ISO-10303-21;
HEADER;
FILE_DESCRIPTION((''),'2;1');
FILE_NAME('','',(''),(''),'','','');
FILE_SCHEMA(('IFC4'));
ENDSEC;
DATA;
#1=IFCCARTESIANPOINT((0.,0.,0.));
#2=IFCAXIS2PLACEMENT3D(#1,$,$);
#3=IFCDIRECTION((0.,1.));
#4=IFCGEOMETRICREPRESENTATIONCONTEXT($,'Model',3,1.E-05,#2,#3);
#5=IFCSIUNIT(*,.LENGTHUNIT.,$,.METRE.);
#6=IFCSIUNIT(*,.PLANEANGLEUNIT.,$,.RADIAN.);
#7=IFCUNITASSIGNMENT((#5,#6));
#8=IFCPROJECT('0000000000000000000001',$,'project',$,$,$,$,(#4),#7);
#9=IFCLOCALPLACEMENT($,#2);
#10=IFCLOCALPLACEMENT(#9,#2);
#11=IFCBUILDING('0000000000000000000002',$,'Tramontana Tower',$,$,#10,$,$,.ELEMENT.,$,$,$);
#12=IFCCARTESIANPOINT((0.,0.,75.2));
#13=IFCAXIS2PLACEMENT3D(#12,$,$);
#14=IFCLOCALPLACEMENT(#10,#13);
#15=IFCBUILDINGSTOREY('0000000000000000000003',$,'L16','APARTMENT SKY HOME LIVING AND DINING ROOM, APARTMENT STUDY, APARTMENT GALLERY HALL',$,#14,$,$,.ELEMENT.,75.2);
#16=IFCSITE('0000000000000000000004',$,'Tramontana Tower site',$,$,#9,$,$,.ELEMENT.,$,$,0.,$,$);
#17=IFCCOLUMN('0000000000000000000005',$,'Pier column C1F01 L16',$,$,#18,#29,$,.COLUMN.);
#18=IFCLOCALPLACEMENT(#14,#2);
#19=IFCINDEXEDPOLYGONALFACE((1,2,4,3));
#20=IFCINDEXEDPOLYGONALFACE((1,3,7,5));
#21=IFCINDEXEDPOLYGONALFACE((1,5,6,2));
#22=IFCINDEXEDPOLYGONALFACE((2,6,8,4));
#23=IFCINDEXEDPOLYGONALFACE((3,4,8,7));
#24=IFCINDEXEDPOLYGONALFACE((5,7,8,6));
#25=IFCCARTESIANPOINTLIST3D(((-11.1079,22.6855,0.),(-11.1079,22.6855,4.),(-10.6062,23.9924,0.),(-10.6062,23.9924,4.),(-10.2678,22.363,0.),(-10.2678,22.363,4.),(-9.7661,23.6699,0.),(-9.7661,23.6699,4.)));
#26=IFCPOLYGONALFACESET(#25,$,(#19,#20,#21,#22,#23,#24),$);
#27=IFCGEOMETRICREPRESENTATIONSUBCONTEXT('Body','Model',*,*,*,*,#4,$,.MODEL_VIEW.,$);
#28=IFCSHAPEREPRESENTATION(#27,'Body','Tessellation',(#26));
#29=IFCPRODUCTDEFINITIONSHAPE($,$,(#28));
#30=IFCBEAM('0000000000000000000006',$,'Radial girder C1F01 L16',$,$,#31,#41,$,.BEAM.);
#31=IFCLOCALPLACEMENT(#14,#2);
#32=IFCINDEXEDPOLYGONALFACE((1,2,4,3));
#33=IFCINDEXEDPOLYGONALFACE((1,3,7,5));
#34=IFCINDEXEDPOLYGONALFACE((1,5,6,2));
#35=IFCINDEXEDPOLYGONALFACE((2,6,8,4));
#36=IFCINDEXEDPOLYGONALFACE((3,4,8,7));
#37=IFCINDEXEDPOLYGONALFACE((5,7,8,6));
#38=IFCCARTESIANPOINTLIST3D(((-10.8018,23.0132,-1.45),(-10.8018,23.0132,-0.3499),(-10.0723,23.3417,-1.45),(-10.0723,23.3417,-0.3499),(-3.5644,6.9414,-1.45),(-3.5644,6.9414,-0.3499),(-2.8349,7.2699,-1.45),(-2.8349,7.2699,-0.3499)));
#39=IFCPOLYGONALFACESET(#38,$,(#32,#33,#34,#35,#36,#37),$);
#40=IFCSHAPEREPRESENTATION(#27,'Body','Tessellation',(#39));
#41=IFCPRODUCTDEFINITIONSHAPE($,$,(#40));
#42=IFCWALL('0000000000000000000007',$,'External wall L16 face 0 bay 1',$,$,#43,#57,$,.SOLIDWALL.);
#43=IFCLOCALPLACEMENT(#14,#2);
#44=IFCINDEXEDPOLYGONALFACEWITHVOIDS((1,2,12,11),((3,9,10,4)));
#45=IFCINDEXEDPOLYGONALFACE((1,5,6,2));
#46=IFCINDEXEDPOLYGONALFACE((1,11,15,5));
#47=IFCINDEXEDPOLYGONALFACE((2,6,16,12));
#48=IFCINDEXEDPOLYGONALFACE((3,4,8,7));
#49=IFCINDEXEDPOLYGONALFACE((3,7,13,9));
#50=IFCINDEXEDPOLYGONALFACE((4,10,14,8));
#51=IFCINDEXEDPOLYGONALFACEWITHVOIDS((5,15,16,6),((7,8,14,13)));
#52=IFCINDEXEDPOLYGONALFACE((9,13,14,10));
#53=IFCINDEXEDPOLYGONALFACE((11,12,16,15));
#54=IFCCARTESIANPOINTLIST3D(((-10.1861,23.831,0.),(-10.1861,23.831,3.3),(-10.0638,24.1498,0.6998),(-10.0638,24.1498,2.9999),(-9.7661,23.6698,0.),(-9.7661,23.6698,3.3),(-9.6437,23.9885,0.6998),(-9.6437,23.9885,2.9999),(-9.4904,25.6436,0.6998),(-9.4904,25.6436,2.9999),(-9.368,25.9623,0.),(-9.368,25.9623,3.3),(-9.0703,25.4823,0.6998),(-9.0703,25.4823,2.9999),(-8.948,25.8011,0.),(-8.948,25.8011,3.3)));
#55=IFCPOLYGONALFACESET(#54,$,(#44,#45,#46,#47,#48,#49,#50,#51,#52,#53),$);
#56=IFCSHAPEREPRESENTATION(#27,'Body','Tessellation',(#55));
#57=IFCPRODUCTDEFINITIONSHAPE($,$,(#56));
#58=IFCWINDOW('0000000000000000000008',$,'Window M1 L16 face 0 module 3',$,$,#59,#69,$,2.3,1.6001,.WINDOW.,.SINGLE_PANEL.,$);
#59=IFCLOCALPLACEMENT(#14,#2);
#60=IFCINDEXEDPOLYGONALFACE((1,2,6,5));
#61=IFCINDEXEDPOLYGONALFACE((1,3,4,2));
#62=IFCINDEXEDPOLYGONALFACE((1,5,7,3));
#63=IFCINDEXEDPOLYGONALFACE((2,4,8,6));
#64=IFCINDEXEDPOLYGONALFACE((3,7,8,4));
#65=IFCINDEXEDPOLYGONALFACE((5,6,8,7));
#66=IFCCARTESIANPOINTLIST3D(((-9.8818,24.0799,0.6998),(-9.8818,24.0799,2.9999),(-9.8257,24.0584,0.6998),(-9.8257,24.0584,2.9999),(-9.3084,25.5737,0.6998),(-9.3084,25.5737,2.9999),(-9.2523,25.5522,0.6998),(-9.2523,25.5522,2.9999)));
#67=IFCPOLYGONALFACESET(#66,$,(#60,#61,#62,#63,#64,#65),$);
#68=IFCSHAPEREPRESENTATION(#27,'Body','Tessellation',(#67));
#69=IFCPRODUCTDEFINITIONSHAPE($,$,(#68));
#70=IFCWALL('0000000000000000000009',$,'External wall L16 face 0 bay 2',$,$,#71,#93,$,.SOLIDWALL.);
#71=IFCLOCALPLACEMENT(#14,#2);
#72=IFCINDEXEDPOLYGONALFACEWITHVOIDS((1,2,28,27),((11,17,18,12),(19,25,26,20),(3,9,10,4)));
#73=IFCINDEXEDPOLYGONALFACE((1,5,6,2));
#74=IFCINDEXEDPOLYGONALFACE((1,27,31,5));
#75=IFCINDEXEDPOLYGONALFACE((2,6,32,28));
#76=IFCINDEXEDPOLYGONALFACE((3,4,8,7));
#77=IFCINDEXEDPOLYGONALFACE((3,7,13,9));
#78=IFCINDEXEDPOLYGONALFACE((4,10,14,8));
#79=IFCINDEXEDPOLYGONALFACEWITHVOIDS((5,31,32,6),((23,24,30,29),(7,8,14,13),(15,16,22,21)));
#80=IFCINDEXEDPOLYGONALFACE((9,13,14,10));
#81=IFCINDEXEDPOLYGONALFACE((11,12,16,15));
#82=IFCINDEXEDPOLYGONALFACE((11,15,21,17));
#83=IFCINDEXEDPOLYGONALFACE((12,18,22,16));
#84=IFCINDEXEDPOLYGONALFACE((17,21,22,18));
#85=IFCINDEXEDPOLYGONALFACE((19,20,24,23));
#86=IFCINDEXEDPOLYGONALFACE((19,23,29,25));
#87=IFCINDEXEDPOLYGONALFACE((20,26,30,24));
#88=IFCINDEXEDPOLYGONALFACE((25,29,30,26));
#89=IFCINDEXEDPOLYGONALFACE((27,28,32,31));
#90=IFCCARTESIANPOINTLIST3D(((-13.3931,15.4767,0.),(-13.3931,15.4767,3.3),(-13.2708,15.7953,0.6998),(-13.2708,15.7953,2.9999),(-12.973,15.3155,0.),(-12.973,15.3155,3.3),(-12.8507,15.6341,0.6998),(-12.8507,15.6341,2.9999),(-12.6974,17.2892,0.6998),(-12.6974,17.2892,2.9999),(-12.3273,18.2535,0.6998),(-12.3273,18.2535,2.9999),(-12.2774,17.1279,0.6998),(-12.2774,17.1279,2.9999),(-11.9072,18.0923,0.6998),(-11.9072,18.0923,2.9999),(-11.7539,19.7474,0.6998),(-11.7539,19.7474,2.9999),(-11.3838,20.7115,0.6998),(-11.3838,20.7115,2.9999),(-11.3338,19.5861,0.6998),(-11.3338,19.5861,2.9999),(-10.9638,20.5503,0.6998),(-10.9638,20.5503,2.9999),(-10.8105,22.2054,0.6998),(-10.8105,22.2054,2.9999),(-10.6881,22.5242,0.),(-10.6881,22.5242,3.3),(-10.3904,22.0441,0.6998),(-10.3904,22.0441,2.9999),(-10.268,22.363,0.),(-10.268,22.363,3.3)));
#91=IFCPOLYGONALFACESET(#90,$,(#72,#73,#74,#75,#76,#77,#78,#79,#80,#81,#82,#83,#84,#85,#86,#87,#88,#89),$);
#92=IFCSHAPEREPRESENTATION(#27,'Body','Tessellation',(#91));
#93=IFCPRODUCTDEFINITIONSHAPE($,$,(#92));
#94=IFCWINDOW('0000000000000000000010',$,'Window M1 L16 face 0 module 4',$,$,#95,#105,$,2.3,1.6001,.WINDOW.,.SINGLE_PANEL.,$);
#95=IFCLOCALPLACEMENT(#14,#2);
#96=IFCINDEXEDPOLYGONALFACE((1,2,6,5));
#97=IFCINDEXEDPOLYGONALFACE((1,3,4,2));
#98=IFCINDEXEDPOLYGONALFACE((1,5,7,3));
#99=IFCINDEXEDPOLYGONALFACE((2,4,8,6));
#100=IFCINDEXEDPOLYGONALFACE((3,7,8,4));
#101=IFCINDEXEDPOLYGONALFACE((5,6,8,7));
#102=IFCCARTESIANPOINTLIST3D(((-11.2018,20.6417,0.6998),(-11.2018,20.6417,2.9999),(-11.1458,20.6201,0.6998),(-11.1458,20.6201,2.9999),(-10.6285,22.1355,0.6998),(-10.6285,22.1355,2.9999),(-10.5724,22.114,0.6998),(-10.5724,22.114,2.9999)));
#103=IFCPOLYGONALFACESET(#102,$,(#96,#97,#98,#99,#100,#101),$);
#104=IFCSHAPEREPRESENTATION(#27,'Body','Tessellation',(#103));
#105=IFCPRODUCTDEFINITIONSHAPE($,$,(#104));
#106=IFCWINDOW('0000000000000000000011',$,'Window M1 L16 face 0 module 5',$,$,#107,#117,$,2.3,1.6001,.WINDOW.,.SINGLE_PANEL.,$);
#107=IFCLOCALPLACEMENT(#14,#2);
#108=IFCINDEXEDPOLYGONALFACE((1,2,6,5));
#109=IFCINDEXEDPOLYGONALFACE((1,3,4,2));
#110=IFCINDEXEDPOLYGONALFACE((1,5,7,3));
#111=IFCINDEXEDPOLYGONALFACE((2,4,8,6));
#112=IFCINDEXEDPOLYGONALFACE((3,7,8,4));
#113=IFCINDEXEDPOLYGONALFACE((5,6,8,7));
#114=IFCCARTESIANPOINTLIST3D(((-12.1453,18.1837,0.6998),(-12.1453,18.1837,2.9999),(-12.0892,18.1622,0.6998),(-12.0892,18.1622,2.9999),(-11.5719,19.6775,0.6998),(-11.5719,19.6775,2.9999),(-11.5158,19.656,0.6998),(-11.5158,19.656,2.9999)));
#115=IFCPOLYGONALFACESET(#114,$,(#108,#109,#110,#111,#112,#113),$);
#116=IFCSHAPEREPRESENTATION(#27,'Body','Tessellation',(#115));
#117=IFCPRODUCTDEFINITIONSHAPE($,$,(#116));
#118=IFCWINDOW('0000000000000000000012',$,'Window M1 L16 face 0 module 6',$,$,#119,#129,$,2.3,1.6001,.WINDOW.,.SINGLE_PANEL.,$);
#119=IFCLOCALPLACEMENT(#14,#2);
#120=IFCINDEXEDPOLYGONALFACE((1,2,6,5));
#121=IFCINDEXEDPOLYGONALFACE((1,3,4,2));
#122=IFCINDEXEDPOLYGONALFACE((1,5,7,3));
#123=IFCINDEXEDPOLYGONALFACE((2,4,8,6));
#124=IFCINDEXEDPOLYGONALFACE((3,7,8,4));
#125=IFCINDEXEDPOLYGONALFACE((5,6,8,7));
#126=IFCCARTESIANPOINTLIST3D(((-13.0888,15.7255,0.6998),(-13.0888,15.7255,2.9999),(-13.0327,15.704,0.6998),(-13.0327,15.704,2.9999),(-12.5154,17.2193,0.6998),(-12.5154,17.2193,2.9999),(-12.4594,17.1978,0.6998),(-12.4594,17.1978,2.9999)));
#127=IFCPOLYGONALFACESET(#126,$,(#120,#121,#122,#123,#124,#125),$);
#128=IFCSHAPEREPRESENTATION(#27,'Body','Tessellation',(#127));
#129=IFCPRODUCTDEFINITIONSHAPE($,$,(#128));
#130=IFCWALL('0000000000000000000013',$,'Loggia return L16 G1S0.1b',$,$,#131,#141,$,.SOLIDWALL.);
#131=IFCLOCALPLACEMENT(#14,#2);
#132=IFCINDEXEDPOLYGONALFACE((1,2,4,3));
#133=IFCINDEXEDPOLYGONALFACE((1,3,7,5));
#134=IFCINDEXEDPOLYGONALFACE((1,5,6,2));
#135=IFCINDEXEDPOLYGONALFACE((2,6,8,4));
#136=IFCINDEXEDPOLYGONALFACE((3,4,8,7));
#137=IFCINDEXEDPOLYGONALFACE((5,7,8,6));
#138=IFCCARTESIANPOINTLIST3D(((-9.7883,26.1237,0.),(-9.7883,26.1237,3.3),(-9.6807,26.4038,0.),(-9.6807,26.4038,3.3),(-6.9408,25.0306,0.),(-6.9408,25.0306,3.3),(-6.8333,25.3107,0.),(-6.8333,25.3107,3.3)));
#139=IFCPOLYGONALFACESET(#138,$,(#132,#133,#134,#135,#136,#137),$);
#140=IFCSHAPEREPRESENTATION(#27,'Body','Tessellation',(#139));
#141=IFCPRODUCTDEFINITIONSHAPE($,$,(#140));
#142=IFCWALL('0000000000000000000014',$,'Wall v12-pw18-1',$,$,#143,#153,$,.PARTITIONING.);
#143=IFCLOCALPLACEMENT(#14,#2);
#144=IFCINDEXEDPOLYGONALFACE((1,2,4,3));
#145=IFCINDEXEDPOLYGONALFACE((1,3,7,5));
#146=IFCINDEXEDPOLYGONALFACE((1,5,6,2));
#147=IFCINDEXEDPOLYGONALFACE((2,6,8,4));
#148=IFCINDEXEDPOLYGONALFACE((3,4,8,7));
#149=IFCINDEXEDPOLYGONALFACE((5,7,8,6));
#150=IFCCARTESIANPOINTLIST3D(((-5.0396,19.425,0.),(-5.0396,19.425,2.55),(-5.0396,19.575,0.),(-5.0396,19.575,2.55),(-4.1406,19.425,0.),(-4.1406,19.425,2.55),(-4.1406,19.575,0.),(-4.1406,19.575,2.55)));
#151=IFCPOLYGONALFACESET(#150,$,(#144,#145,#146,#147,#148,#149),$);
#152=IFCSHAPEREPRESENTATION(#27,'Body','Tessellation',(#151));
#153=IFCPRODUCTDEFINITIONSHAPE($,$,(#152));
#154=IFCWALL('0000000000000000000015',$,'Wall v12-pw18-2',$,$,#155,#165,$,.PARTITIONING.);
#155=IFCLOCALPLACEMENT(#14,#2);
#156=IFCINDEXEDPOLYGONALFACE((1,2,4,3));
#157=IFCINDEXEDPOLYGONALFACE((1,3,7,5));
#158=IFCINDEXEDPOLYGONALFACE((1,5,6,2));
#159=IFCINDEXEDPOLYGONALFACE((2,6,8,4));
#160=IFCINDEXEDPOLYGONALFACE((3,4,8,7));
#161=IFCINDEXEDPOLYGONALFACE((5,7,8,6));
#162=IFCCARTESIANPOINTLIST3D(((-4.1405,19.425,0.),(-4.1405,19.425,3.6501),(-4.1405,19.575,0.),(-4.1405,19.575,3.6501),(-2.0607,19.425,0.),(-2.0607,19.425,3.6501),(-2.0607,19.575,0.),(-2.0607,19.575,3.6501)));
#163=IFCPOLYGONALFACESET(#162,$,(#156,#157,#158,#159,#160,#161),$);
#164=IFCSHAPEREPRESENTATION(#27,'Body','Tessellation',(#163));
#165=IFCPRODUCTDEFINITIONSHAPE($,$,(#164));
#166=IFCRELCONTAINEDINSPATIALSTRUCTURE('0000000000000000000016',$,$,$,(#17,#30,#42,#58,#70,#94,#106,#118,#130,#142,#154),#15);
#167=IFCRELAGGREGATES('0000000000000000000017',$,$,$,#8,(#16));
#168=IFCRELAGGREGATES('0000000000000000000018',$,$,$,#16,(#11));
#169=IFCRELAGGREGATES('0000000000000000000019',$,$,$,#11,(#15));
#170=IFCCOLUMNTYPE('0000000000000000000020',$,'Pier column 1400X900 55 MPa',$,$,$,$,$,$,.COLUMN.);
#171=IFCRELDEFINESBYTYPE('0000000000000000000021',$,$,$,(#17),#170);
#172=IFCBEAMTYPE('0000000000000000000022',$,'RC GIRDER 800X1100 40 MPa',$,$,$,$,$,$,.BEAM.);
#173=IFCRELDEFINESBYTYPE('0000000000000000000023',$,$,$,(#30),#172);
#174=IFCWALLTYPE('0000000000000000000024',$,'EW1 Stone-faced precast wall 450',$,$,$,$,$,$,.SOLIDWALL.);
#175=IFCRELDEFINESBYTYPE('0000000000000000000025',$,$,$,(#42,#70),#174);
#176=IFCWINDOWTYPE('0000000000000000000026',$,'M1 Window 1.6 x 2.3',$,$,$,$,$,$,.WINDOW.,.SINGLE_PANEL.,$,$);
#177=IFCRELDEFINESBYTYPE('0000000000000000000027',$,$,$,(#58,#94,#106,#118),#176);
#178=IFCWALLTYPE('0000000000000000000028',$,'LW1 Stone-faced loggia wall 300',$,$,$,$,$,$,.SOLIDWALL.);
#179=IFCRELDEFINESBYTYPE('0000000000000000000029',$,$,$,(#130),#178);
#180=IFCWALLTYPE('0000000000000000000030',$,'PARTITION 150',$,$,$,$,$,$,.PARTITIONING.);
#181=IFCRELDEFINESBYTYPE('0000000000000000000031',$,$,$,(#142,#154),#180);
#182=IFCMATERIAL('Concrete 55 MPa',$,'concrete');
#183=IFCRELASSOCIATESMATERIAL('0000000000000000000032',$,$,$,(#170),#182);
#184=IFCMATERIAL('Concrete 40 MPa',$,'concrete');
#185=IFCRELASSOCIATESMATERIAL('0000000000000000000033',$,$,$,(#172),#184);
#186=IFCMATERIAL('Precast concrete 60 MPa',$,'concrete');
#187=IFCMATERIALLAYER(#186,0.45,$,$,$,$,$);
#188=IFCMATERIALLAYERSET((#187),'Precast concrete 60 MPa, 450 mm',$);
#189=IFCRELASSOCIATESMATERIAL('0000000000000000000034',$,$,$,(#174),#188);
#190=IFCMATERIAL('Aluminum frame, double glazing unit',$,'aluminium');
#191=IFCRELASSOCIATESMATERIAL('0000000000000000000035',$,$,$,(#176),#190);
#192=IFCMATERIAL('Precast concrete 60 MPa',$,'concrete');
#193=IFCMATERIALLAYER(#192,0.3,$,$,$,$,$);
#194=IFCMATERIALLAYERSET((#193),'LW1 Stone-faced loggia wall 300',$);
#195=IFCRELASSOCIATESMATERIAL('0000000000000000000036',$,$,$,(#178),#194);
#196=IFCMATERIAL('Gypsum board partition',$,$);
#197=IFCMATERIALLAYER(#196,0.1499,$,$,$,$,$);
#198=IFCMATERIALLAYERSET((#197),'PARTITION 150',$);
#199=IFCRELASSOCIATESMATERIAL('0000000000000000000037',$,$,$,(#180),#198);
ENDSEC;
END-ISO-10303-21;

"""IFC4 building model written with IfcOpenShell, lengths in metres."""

from ifc_helpers import new_model, si_unit, direction, frame, frame_2d, origin, origin_2d, place, context, subcontext, project, spatial, rectangle, extrude, material, layer, layer_set, material_profile, profile_set, type_object, element, fill, save


model = new_model("IFC4")

# Units and contexts
model_context = context("Model", 3, precision=1e-05, world=origin(), true_north=direction((0.0, 1.0)))
body_context = subcontext(model_context, "Body", "Model", "MODEL_VIEW")
ifc_project = project(units=[si_unit("LENGTHUNIT", "METRE"), si_unit("PLANEANGLEUNIT", "RADIAN")], contexts=[model_context])

# Site, building, storey
site_placement = place(None, origin())
site = spatial("IfcSite", under=ifc_project, at=site_placement, Name="Tramontana Tower site", CompositionType="ELEMENT", RefElevation=0.0)
building_placement = place(site_placement, origin())
building = spatial("IfcBuilding", under=site, at=building_placement, Name="Tramontana Tower", CompositionType="ELEMENT")
storey_placement = place(building_placement, frame((0.0, 0.0, 75.2)))
storey = spatial("IfcBuildingStorey", under=building, at=storey_placement, Name="L16", Description="APARTMENT SKY HOME LIVING AND DINING ROOM, APARTMENT STUDY, APARTMENT GALLERY HALL", CompositionType="ELEMENT", Elevation=75.2)

# Column
ifc_material_1 = material(Name="Concrete 55 MPa", Category="concrete")
ifc_material_profile_1 = material_profile(ifc_material_1, rectangle(XDim=1.3999, YDim=0.8999, at=origin_2d()), Name="Pier column 1400X900 55 MPa")
ifc_profile_set_1 = profile_set([ifc_material_profile_1], Name="Concrete 55 MPa")
column_type = type_object("IfcColumnType", Name="Pier column 1400X900 55 MPa", PredefinedType="COLUMN", material=ifc_profile_set_1)
column_placement = place(storey_placement, frame((-10.437, 23.1777, 0.0), z_axis=(0.0, 0.0, 1.0), x_axis=(-0.358368, -0.93358, 0.0)))
element("IfcColumn", 1, at=column_placement, inside=storey, type_object=column_type, Name="Pier column C1F01 L16", PredefinedType="COLUMN", context=body_context, shape_type="SweptSolid", body=[
    extrude(rectangle(XDim=1.3999, YDim=0.8999, at=origin_2d()), origin(), (0.0, 0.0, 1.0), 4.0),
])

# Beam
ifc_material_2 = material(Name="Concrete 40 MPa", Category="concrete")
ifc_material_profile_2 = material_profile(ifc_material_2, rectangle(XDim=0.8, YDim=1.1001, at=origin_2d()), Name="RC GIRDER 800X1100 40 MPa")
ifc_profile_set_2 = profile_set([ifc_material_profile_2], Name="Concrete 40 MPa")
beam_type = type_object("IfcBeamType", Name="RC GIRDER 800X1100 40 MPa", PredefinedType="BEAM", material=ifc_profile_set_2)
beam_placement = place(storey_placement, frame((-10.437, 23.1775, -0.8999), z_axis=(0.410601, -0.911815, 0.0), x_axis=(0.911815, 0.410601, 0.0)))
element("IfcBeam", 2, at=beam_placement, inside=storey, type_object=beam_type, Name="Radial girder C1F01 L16", PredefinedType="BEAM", context=body_context, shape_type="SweptSolid", body=[
    extrude(rectangle(XDim=0.8, YDim=1.1001, at=origin_2d()), origin(), (0.0, 0.0, 1.0), 17.6262),
])

# Wall, opening, window
ifc_material_3 = material(Name="Precast concrete 60 MPa", Category="concrete")
ifc_layer_1 = layer(ifc_material_3, 0.45)
ifc_layer_set_1 = layer_set([ifc_layer_1], Name="Precast concrete 60 MPa, 450 mm")
wall_type_1 = type_object("IfcWallType", Name="EW1 Stone-faced precast wall 450", PredefinedType="SOLIDWALL", material=ifc_layer_set_1)
wall_1_placement = place(storey_placement, frame((-9.158, 25.8818, 0.0), z_axis=(0.0, 0.0, 1.0), x_axis=(-0.358356, -0.933585, 0.0)))
wall_1 = element("IfcWall", 3, at=wall_1_placement, inside=storey, type_object=wall_type_1, Name="External wall L16 face 0 bay 1", PredefinedType="SOLIDWALL", context=body_context, shape_type="SweptSolid", body=[
    extrude(rectangle(XDim=2.283, YDim=0.45, at=frame_2d((1.1416, 0.0))), origin(), (0.0, 0.0, 1.0), 3.3),
])
opening_1_placement = place(wall_1_placement, frame((0.3416, 0.0, 0.7)))
opening_1 = element("IfcOpeningElement", 4, at=opening_1_placement, cuts=wall_1, PredefinedType="OPENING", context=body_context, shape_type="SweptSolid", body=[
    extrude(rectangle(XDim=1.6001, YDim=2.3, at=frame_2d((0.8, 1.1499))), frame((0.0, 0.2349, 0.0), z_axis=(0.0, -1.0, 0.0), x_axis=(1.0, 0.0, 0.0)), (0.0, 0.0, 1.0), 0.47),
])
ifc_material_4 = material(Name="Aluminum frame, double glazing unit", Category="aluminium")
window_type = type_object("IfcWindowType", Name="M1 Window 1.6 x 2.3", PartitioningType="SINGLE_PANEL", PredefinedType="WINDOW", material=ifc_material_4)
window_1_placement = place(opening_1_placement, origin())
window_1 = element("IfcWindow", 5, at=window_1_placement, inside=storey, type_object=window_type, Name="Window M1 L16 face 0 module 3", OverallHeight=2.3, OverallWidth=1.6001, PartitioningType="SINGLE_PANEL", PredefinedType="WINDOW", context=body_context, shape_type="SweptSolid", body=[
    extrude(rectangle(XDim=1.6001, YDim=2.3, at=frame_2d((0.8, 1.1499))), frame((0.0, 0.03, 0.0), z_axis=(0.0, -1.0, 0.0), x_axis=(1.0, 0.0, 0.0)), (0.0, 0.0, 1.0), 0.0601),
])
fill(opening_1, window_1)

# Wall, openings, windows
wall_2_placement = place(storey_placement, frame((-10.478, 22.4436, 0.0), z_axis=(0.0, 0.0, 1.0), x_axis=(-0.35834, -0.933591, 0.0)))
wall_2 = element("IfcWall", 6, at=wall_2_placement, inside=storey, type_object=wall_type_1, Name="External wall L16 face 0 bay 2", PredefinedType="SOLIDWALL", context=body_context, shape_type="SweptSolid", body=[
    extrude(rectangle(XDim=7.5488, YDim=0.45, at=frame_2d((3.7744, 0.0))), origin(), (0.0, 0.0, 1.0), 3.3),
])
opening_2_placement = place(wall_2_placement, frame((0.3416, 0.0, 0.7)))
opening_2 = element("IfcOpeningElement", 7, at=opening_2_placement, cuts=wall_2, PredefinedType="OPENING", context=body_context, shape_type="SweptSolid", body=[
    extrude(rectangle(XDim=1.6001, YDim=2.3, at=frame_2d((0.8, 1.1499))), frame((0.0, 0.2349, 0.0), z_axis=(0.0, -1.0, 0.0), x_axis=(1.0, 0.0, 0.0)), (0.0, 0.0, 1.0), 0.47),
])
opening_3_placement = place(wall_2_placement, frame((2.9744, 0.0, 0.7)))
opening_3 = element("IfcOpeningElement", 8, at=opening_3_placement, cuts=wall_2, PredefinedType="OPENING", context=body_context, shape_type="SweptSolid", body=[
    extrude(rectangle(XDim=1.6001, YDim=2.3, at=frame_2d((0.8, 1.1499))), frame((0.0, 0.2349, 0.0), z_axis=(0.0, -1.0, 0.0), x_axis=(1.0, 0.0, 0.0)), (0.0, 0.0, 1.0), 0.47),
])
opening_4_placement = place(wall_2_placement, frame((5.6074, 0.0, 0.7)))
opening_4 = element("IfcOpeningElement", 9, at=opening_4_placement, cuts=wall_2, PredefinedType="OPENING", context=body_context, shape_type="SweptSolid", body=[
    extrude(rectangle(XDim=1.6001, YDim=2.3, at=frame_2d((0.8, 1.1499))), frame((0.0, 0.2349, 0.0), z_axis=(0.0, -1.0, 0.0), x_axis=(1.0, 0.0, 0.0)), (0.0, 0.0, 1.0), 0.47),
])
window_2_placement = place(opening_2_placement, origin())
window_2 = element("IfcWindow", 10, at=window_2_placement, inside=storey, type_object=window_type, Name="Window M1 L16 face 0 module 4", OverallHeight=2.3, OverallWidth=1.6001, PartitioningType="SINGLE_PANEL", PredefinedType="WINDOW", context=body_context, shape_type="SweptSolid", body=[
    extrude(rectangle(XDim=1.6001, YDim=2.3, at=frame_2d((0.8, 1.1499))), frame((0.0, 0.03, 0.0), z_axis=(0.0, -1.0, 0.0), x_axis=(1.0, 0.0, 0.0)), (0.0, 0.0, 1.0), 0.0601),
])
fill(opening_2, window_2)
window_3_placement = place(opening_3_placement, origin())
window_3 = element("IfcWindow", 11, at=window_3_placement, inside=storey, type_object=window_type, Name="Window M1 L16 face 0 module 5", OverallHeight=2.3, OverallWidth=1.6001, PartitioningType="SINGLE_PANEL", PredefinedType="WINDOW", context=body_context, shape_type="SweptSolid", body=[
    extrude(rectangle(XDim=1.6001, YDim=2.3, at=frame_2d((0.8, 1.1499))), frame((0.0, 0.03, 0.0), z_axis=(0.0, -1.0, 0.0), x_axis=(1.0, 0.0, 0.0)), (0.0, 0.0, 1.0), 0.0601),
])
fill(opening_3, window_3)
window_4_placement = place(opening_4_placement, origin())
window_4 = element("IfcWindow", 12, at=window_4_placement, inside=storey, type_object=window_type, Name="Window M1 L16 face 0 module 6", OverallHeight=2.3, OverallWidth=1.6001, PartitioningType="SINGLE_PANEL", PredefinedType="WINDOW", context=body_context, shape_type="SweptSolid", body=[
    extrude(rectangle(XDim=1.6001, YDim=2.3, at=frame_2d((0.8, 1.1499))), frame((0.0, 0.03, 0.0), z_axis=(0.0, -1.0, 0.0), x_axis=(1.0, 0.0, 0.0)), (0.0, 0.0, 1.0), 0.0601),
])
fill(opening_4, window_4)

# Shared definitions
ifc_material_5 = material(Name="Precast concrete 60 MPa", Category="concrete")
ifc_layer_2 = layer(ifc_material_5, 0.3)
ifc_layer_set_2 = layer_set([ifc_layer_2], Name="LW1 Stone-faced loggia wall 300")
wall_type_2 = type_object("IfcWallType", Name="LW1 Stone-faced loggia wall 300", PredefinedType="SOLIDWALL", material=ifc_layer_set_2)

# Wall
wall_3_placement = place(storey_placement, frame((-9.7344, 26.2637, 0.0), z_axis=(0.0, 0.0, 1.0), x_axis=(0.933581, -0.358368, 0.0)))
element("IfcWall", 13, at=wall_3_placement, inside=storey, type_object=wall_type_2, Name="Loggia return L16 G1S0.1b", PredefinedType="SOLIDWALL", context=body_context, shape_type="SweptSolid", body=[
    extrude(rectangle(XDim=3.05, YDim=0.3, at=frame_2d((1.5249, 0.0))), origin(), (0.0, 0.0, 1.0), 3.3),
])

# Shared definitions
ifc_material_6 = material(Name="Gypsum board partition")
ifc_layer_3 = layer(ifc_material_6, 0.1499)
ifc_layer_set_3 = layer_set([ifc_layer_3], Name="PARTITION 150")
wall_type_3 = type_object("IfcWallType", Name="PARTITION 150", PredefinedType="PARTITIONING", material=ifc_layer_set_3)

# Walls
wall_4_placement = place(storey_placement, frame((-5.0396, 19.5, 0.0), z_axis=(0.0, 0.0, 1.0), x_axis=(1.0, 0.0, 0.0)))
element("IfcWall", 14, at=wall_4_placement, inside=storey, type_object=wall_type_3, Name="Wall v12-pw18-1", PredefinedType="PARTITIONING", context=body_context, shape_type="SweptSolid", body=[
    extrude(rectangle(XDim=0.8989, YDim=0.1499, at=frame_2d((0.4495, 0.0))), origin(), (0.0, 0.0, 1.0), 2.55),
])
wall_5_placement = place(storey_placement, frame((-4.1406, 19.5, 0.0), z_axis=(0.0, 0.0, 1.0), x_axis=(1.0, 0.0, 0.0)))
element("IfcWall", 15, at=wall_5_placement, inside=storey, type_object=wall_type_3, Name="Wall v12-pw18-2", PredefinedType="PARTITIONING", context=body_context, shape_type="SweptSolid", body=[
    extrude(rectangle(XDim=2.0798, YDim=0.1499, at=frame_2d((1.04, 0.0))), origin(), (0.0, 0.0, 1.0), 3.6501),
])

save(model, "model.ifc")
